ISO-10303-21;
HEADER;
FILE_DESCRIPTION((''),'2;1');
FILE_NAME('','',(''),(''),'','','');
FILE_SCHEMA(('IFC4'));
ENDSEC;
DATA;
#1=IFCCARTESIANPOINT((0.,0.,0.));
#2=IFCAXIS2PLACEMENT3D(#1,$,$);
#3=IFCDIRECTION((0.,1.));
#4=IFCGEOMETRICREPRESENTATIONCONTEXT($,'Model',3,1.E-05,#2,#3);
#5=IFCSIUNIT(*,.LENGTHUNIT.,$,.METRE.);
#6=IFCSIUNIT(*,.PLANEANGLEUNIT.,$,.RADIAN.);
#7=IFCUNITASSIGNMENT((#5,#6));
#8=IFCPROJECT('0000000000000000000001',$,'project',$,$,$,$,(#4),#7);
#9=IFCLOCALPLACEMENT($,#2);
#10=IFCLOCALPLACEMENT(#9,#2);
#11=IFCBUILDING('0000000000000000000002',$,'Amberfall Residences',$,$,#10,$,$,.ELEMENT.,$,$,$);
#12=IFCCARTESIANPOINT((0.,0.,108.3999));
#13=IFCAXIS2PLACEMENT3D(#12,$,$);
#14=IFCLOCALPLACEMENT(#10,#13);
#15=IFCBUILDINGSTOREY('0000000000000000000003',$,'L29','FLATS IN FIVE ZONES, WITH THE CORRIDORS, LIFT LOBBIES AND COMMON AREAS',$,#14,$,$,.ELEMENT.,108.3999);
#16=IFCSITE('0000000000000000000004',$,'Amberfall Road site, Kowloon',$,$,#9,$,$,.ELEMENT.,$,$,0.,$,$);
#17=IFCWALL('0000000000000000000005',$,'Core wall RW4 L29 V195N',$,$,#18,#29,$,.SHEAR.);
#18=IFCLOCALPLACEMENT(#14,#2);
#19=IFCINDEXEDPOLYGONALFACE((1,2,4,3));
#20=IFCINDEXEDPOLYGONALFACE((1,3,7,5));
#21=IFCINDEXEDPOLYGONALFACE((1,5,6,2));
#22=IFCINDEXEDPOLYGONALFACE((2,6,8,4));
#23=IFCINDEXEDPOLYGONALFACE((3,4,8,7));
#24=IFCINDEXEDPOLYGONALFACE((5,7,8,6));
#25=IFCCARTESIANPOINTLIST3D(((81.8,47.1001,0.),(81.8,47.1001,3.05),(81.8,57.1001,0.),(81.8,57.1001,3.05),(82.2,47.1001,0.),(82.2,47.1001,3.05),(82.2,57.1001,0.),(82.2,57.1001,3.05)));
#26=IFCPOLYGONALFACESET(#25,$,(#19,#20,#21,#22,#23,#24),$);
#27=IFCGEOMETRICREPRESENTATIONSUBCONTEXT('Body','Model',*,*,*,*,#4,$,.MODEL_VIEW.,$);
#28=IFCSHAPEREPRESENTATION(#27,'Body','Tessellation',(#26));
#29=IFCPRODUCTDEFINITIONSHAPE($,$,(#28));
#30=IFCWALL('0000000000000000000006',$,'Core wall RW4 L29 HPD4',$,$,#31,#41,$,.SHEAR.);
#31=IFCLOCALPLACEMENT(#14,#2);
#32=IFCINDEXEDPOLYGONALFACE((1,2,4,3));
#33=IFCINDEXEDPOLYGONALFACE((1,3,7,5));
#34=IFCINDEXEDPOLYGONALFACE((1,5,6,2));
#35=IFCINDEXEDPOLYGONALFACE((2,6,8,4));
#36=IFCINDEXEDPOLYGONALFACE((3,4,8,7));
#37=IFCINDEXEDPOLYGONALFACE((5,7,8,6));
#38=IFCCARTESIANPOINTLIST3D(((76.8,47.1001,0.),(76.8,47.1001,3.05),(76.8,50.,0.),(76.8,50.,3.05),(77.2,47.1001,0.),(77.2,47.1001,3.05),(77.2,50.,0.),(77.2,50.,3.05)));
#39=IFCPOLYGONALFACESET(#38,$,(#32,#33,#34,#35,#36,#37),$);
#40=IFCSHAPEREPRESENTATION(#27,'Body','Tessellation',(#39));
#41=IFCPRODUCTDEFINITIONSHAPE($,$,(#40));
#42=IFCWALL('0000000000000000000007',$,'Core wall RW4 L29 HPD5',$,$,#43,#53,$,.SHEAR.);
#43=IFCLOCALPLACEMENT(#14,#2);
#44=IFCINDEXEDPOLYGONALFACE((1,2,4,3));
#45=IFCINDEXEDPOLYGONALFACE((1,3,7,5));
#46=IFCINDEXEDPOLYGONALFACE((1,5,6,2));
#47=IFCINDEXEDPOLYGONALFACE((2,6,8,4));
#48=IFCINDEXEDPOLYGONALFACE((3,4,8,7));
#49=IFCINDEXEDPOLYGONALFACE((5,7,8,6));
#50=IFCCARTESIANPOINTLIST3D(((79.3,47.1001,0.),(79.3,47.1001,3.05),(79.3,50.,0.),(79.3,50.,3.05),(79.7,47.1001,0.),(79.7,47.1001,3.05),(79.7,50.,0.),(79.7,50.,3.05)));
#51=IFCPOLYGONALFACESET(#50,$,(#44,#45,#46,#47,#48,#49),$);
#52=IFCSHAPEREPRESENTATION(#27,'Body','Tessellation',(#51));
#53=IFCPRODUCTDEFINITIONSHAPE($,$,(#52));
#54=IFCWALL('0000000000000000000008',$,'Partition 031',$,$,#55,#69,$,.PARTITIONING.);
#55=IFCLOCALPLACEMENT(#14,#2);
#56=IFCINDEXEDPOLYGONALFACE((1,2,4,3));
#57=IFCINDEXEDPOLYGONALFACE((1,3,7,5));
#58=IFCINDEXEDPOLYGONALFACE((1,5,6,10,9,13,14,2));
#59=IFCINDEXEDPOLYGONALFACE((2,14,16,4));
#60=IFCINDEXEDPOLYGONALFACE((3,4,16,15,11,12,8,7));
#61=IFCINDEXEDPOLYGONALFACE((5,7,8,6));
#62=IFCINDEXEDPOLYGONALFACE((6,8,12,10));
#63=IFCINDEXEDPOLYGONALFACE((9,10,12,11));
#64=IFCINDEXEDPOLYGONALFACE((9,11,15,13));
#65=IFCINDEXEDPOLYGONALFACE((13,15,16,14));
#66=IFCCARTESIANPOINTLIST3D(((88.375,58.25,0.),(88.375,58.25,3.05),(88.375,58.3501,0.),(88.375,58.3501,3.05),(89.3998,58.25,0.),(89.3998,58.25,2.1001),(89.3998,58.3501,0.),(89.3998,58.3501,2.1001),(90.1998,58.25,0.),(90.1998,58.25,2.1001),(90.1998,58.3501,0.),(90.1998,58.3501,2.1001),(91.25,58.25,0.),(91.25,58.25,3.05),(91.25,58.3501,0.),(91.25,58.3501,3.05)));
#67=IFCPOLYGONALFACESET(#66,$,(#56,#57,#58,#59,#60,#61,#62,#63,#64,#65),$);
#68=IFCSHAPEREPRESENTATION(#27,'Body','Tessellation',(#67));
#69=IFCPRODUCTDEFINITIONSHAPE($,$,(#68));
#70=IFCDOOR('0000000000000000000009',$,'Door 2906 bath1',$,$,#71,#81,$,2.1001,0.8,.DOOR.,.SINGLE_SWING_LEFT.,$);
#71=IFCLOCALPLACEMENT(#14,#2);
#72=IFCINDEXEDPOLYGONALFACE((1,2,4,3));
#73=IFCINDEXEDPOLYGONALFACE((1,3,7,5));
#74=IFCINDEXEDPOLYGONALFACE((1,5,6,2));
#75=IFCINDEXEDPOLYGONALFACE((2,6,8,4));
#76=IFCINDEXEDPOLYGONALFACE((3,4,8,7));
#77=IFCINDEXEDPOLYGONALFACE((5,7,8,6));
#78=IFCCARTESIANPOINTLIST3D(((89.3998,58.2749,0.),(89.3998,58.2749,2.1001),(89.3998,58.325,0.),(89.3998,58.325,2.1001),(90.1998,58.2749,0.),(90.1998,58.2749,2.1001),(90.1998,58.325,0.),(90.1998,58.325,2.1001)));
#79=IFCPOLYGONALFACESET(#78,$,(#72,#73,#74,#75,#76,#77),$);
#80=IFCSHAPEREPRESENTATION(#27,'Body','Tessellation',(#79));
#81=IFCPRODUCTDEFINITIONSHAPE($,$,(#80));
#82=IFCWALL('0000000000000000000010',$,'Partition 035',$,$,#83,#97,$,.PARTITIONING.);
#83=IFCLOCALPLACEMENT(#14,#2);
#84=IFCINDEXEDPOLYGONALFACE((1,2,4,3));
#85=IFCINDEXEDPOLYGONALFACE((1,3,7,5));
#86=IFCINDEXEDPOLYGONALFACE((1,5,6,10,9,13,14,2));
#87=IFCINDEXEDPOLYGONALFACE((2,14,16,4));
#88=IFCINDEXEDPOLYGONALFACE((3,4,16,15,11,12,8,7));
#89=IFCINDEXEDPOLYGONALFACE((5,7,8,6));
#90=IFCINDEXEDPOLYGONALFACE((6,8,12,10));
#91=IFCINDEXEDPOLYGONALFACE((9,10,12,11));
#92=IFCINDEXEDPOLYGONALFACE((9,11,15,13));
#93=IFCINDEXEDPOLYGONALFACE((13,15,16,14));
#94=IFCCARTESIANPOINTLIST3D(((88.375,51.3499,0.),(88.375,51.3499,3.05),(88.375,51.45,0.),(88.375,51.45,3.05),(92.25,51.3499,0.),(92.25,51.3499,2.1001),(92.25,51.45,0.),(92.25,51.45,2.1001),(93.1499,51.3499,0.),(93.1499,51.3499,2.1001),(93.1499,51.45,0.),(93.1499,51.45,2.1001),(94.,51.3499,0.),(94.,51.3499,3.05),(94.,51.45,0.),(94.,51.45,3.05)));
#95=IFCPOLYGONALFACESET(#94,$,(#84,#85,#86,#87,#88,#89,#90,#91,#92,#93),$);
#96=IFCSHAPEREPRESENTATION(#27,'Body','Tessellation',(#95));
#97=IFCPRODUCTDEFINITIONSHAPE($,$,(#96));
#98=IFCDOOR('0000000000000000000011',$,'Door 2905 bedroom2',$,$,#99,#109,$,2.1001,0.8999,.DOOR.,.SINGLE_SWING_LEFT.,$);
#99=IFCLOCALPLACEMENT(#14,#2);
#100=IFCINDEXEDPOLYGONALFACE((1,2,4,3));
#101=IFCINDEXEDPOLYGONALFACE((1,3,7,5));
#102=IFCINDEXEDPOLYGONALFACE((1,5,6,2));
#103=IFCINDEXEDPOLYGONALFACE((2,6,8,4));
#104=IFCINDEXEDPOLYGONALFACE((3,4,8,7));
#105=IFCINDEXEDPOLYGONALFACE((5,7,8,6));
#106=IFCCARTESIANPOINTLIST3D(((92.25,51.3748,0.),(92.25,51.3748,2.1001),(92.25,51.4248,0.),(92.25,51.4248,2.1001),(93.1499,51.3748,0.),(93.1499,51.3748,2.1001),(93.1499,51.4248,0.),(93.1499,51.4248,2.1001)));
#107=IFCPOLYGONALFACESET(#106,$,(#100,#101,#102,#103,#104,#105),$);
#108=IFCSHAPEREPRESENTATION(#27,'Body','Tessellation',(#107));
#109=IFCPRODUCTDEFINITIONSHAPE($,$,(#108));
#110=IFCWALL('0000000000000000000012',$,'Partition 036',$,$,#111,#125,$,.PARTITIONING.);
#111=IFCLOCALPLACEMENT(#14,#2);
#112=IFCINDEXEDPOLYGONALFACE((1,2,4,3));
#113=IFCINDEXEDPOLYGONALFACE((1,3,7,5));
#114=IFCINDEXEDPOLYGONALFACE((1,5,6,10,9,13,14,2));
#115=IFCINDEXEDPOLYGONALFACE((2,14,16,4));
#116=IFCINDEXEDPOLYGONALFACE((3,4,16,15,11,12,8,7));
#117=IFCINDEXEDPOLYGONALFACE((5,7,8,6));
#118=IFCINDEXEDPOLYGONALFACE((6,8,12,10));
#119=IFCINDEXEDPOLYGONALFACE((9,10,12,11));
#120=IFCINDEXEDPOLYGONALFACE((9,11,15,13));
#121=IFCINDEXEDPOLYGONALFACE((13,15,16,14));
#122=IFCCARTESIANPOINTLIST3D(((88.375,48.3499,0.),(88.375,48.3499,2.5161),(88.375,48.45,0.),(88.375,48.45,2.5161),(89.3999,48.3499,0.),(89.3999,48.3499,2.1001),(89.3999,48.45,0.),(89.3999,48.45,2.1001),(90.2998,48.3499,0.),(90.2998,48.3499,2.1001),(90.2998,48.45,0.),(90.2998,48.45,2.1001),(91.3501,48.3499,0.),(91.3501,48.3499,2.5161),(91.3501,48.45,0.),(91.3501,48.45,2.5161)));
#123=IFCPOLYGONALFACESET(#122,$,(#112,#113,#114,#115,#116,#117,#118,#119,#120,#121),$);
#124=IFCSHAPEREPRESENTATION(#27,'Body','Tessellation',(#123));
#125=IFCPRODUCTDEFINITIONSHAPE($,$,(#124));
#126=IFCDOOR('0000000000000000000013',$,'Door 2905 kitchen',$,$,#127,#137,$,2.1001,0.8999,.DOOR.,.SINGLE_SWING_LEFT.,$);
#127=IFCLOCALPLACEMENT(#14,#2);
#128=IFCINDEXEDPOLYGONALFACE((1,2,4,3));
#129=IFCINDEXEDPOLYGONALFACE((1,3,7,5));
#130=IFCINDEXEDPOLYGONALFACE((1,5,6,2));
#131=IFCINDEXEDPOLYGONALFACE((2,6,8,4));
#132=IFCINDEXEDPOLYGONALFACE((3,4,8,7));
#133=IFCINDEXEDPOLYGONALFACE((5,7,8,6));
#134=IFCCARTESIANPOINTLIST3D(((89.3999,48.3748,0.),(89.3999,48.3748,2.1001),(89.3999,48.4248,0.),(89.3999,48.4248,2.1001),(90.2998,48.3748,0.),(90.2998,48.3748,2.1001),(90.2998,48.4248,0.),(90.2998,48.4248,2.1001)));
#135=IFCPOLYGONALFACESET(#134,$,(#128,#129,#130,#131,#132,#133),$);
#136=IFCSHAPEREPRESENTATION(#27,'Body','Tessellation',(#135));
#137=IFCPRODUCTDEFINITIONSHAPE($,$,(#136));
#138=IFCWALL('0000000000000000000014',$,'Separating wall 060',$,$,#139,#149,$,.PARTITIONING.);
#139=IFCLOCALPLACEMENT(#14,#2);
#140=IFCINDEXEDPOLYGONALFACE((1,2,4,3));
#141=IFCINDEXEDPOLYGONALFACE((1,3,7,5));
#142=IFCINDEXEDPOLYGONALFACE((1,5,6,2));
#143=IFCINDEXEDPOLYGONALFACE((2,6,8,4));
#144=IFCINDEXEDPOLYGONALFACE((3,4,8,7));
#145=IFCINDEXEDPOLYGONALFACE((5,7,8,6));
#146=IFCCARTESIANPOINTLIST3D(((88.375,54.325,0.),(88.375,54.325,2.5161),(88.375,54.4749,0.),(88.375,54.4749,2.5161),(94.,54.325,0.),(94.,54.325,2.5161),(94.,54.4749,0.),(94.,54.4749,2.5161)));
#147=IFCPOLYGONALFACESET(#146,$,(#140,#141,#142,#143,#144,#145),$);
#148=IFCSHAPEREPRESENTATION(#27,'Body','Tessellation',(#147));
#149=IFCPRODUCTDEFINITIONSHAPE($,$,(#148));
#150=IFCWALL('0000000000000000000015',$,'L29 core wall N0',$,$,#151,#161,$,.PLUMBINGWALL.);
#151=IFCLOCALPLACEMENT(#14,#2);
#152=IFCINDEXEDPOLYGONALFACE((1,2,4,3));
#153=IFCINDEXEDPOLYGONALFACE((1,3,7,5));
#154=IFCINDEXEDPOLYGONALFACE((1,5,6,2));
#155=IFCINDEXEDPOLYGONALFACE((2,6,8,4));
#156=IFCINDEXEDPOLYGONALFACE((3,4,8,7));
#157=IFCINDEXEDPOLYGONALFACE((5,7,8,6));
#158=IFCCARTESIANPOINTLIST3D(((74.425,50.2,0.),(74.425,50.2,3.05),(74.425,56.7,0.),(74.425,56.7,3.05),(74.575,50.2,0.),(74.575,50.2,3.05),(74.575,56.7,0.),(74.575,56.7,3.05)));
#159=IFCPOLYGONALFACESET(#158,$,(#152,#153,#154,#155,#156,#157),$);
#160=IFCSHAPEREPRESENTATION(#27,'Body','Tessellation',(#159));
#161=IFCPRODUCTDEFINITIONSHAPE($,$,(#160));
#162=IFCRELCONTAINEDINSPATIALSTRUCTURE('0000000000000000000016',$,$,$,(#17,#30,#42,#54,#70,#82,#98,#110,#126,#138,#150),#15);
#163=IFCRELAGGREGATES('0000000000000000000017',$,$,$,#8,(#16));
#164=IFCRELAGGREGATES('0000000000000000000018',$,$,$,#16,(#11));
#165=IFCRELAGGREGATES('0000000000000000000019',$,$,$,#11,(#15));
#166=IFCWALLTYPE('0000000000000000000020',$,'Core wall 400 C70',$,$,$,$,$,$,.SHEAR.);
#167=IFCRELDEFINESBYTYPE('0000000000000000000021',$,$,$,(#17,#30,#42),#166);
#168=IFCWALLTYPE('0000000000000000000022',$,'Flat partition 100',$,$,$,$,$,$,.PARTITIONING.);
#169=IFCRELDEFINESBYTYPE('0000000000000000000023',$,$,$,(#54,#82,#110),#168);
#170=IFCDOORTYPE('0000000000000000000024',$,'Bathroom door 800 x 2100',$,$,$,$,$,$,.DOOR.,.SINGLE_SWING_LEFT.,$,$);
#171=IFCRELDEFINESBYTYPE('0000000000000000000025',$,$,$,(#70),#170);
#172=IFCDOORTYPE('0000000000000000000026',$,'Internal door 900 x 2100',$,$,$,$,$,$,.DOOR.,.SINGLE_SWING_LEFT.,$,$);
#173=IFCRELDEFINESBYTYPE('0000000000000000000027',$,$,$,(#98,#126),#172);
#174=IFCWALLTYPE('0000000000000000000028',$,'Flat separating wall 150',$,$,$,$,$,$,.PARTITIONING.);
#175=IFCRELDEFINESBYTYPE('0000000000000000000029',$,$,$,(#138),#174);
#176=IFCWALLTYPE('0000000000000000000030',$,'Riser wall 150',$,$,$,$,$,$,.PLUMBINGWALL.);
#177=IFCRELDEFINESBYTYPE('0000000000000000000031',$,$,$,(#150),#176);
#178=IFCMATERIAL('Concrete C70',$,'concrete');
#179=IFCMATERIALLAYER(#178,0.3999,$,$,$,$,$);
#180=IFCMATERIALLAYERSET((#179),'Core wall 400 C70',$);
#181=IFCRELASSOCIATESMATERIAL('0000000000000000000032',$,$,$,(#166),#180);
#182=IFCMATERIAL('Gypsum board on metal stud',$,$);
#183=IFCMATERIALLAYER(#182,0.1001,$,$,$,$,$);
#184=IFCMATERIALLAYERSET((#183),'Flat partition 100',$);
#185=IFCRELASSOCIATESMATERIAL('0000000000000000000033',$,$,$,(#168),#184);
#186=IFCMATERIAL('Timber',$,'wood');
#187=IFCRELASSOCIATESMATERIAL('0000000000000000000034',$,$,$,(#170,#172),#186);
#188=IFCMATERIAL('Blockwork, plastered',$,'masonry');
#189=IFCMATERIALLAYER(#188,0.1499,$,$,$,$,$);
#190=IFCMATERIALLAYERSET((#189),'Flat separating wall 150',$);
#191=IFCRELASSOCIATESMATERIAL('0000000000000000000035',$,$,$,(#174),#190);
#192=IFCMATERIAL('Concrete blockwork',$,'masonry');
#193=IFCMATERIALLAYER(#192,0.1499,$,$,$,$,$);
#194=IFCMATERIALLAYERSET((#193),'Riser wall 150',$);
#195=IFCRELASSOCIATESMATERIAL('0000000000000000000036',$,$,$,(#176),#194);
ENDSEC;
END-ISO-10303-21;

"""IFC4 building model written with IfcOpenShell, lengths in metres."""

from ifc_helpers import new_model, si_unit, direction, frame, frame_2d, origin, place, context, subcontext, project, spatial, rectangle, extrude, material, layer, layer_set, type_object, element, fill, save


model = new_model("IFC4")

# Units and contexts
model_context = context("Model", 3, precision=1e-05, world=origin(), true_north=direction((0.0, 1.0)))
body_context = subcontext(model_context, "Body", "Model", "MODEL_VIEW")
ifc_project = project(units=[si_unit("LENGTHUNIT", "METRE"), si_unit("PLANEANGLEUNIT", "RADIAN")], contexts=[model_context])

# Site, building, storey
site_placement = place(None, origin())
site = spatial("IfcSite", under=ifc_project, at=site_placement, Name="Amberfall Road site, Kowloon", CompositionType="ELEMENT", RefElevation=0.0)
building_placement = place(site_placement, origin())
building = spatial("IfcBuilding", under=site, at=building_placement, Name="Amberfall Residences", CompositionType="ELEMENT")
storey_placement = place(building_placement, frame((0.0, 0.0, 108.3999)))
storey = spatial("IfcBuildingStorey", under=building, at=storey_placement, Name="L29", Description="FLATS IN FIVE ZONES, WITH THE CORRIDORS, LIFT LOBBIES AND COMMON AREAS", CompositionType="ELEMENT", Elevation=108.3999)

# Walls
ifc_material_1 = material(Name="Concrete C70", Category="concrete")
ifc_layer_1 = layer(ifc_material_1, 0.3999)
ifc_layer_set_1 = layer_set([ifc_layer_1], Name="Core wall 400 C70")
wall_type_1 = type_object("IfcWallType", Name="Core wall 400 C70", PredefinedType="SHEAR", material=ifc_layer_set_1)
wall_1_placement = place(storey_placement, frame((82.0, 47.1001, 0.0), z_axis=(0.0, 0.0, 1.0), x_axis=(0.0, 1.0, 0.0)))
element("IfcWall", 1, at=wall_1_placement, inside=storey, type_object=wall_type_1, Name="Core wall RW4 L29 V195N", PredefinedType="SHEAR", context=body_context, shape_type="SweptSolid", body=[
    extrude(rectangle(XDim=10.0, YDim=0.3999, at=frame_2d((5.0, 0.0))), origin(), (0.0, 0.0, 1.0), 3.05),
])
for number, where, z_axis, x_axis, name in (
    (2, (77.0, 47.1001, 0.0), (0.0, 0.0, 1.0), (0.0, 1.0, 0.0), "Core wall RW4 L29 HPD4"),
    (3, (79.5, 47.1001, 0.0), (0.0, 0.0, 1.0), (0.0, 1.0, 0.0), "Core wall RW4 L29 HPD5"),
):
    element("IfcWall", number, at=place(storey_placement, frame(where, z_axis=z_axis, x_axis=x_axis)), inside=storey, type_object=wall_type_1, Name=name, PredefinedType="SHEAR", context=body_context, shape_type="SweptSolid", body=[
        extrude(rectangle(XDim=2.8999, YDim=0.3999, at=frame_2d((1.45, 0.0))), origin(), (0.0, 0.0, 1.0), 3.05),
    ])

# Walls, openings, doors
ifc_material_2 = material(Name="Gypsum board on metal stud")
ifc_layer_2 = layer(ifc_material_2, 0.1001)
ifc_layer_set_2 = layer_set([ifc_layer_2], Name="Flat partition 100")
wall_type_2 = type_object("IfcWallType", Name="Flat partition 100", PredefinedType="PARTITIONING", material=ifc_layer_set_2)
wall_2_placement = place(storey_placement, frame((88.375, 58.3, 0.0), z_axis=(0.0, 0.0, 1.0), x_axis=(1.0, 0.0, 0.0)))
wall_2 = element("IfcWall", 4, at=wall_2_placement, inside=storey, type_object=wall_type_2, Name="Partition 031", PredefinedType="PARTITIONING", context=body_context, shape_type="SweptSolid", body=[
    extrude(rectangle(XDim=2.875, YDim=0.1001, at=frame_2d((1.4375, 0.0))), origin(), (0.0, 0.0, 1.0), 3.05),
])
opening_1_placement = place(wall_2_placement, frame((1.0249, 0.0, 0.0)))
opening_1 = element("IfcOpeningElement", 5, at=opening_1_placement, cuts=wall_2, PredefinedType="OPENING", context=body_context, shape_type="SweptSolid", body=[
    extrude(rectangle(XDim=0.8, YDim=2.1001, at=frame_2d((0.3999, 1.05))), frame((0.0, 0.0601, 0.0), z_axis=(0.0, -1.0, 0.0), x_axis=(1.0, 0.0, 0.0)), (0.0, 0.0, 1.0), 0.1201),
])
ifc_material_3 = material(Name="Timber", Category="wood")
door_type_1 = type_object("IfcDoorType", Name="Bathroom door 800 x 2100", OperationType="SINGLE_SWING_LEFT", PredefinedType="DOOR", material=ifc_material_3)
door_1_placement = place(opening_1_placement, origin())
door_1 = element("IfcDoor", 6, at=door_1_placement, inside=storey, type_object=door_type_1, Name="Door 2906 bath1", OperationType="SINGLE_SWING_LEFT", OverallHeight=2.1001, OverallWidth=0.8, PredefinedType="DOOR", context=body_context, shape_type="SweptSolid", body=[
    extrude(rectangle(XDim=0.8, YDim=2.1001, at=frame_2d((0.3999, 1.05))), frame((0.0, 0.0249, 0.0), z_axis=(0.0, -1.0, 0.0), x_axis=(1.0, 0.0, 0.0)), (0.0, 0.0, 1.0), 0.05),
])
fill(opening_1, door_1)
wall_3_placement = place(storey_placement, frame((88.375, 51.3999, 0.0), z_axis=(0.0, 0.0, 1.0), x_axis=(1.0, 0.0, 0.0)))
wall_3 = element("IfcWall", 7, at=wall_3_placement, inside=storey, type_object=wall_type_2, Name="Partition 035", PredefinedType="PARTITIONING", context=body_context, shape_type="SweptSolid", body=[
    extrude(rectangle(XDim=5.625, YDim=0.1001, at=frame_2d((2.8125, 0.0))), origin(), (0.0, 0.0, 1.0), 3.05),
])
opening_2_placement = place(wall_3_placement, frame((3.875, 0.0, 0.0)))
opening_2 = element("IfcOpeningElement", 8, at=opening_2_placement, cuts=wall_3, PredefinedType="OPENING", context=body_context, shape_type="SweptSolid", body=[
    extrude(rectangle(XDim=0.8999, YDim=2.1001, at=frame_2d((0.45, 1.05))), frame((0.0, 0.0601, 0.0), z_axis=(0.0, -1.0, 0.0), x_axis=(1.0, 0.0, 0.0)), (0.0, 0.0, 1.0), 0.1201),
])
door_type_2 = type_object("IfcDoorType", Name="Internal door 900 x 2100", OperationType="SINGLE_SWING_LEFT", PredefinedType="DOOR", material=ifc_material_3)
door_2_placement = place(opening_2_placement, origin())
door_2 = element("IfcDoor", 9, at=door_2_placement, inside=storey, type_object=door_type_2, Name="Door 2905 bedroom2", OperationType="SINGLE_SWING_LEFT", OverallHeight=2.1001, OverallWidth=0.8999, PredefinedType="DOOR", context=body_context, shape_type="SweptSolid", body=[
    extrude(rectangle(XDim=0.8999, YDim=2.1001, at=frame_2d((0.45, 1.05))), frame((0.0, 0.0249, 0.0), z_axis=(0.0, -1.0, 0.0), x_axis=(1.0, 0.0, 0.0)), (0.0, 0.0, 1.0), 0.05),
])
fill(opening_2, door_2)
wall_4_placement = place(storey_placement, frame((88.375, 48.3999, 0.0), z_axis=(0.0, 0.0, 1.0), x_axis=(1.0, 0.0, 0.0)))
wall_4 = element("IfcWall", 10, at=wall_4_placement, inside=storey, type_object=wall_type_2, Name="Partition 036", PredefinedType="PARTITIONING", context=body_context, shape_type="SweptSolid", body=[
    extrude(rectangle(XDim=2.9751, YDim=0.1001, at=frame_2d((1.4875, 0.0))), origin(), (0.0, 0.0, 1.0), 2.5161),
])
opening_3_placement = place(wall_4_placement, frame((1.0249, 0.0, 0.0)))
opening_3 = element("IfcOpeningElement", 11, at=opening_3_placement, cuts=wall_4, PredefinedType="OPENING", context=body_context, shape_type="SweptSolid", body=[
    extrude(rectangle(XDim=0.8999, YDim=2.1001, at=frame_2d((0.45, 1.05))), frame((0.0, 0.0601, 0.0), z_axis=(0.0, -1.0, 0.0), x_axis=(1.0, 0.0, 0.0)), (0.0, 0.0, 1.0), 0.1201),
])
door_3_placement = place(opening_3_placement, origin())
door_3 = element("IfcDoor", 12, at=door_3_placement, inside=storey, type_object=door_type_2, Name="Door 2905 kitchen", OperationType="SINGLE_SWING_LEFT", OverallHeight=2.1001, OverallWidth=0.8999, PredefinedType="DOOR", context=body_context, shape_type="SweptSolid", body=[
    extrude(rectangle(XDim=0.8999, YDim=2.1001, at=frame_2d((0.45, 1.05))), frame((0.0, 0.0249, 0.0), z_axis=(0.0, -1.0, 0.0), x_axis=(1.0, 0.0, 0.0)), (0.0, 0.0, 1.0), 0.05),
])
fill(opening_3, door_3)

# Walls
ifc_material_4 = material(Name="Blockwork, plastered", Category="masonry")
ifc_layer_3 = layer(ifc_material_4, 0.1499)
ifc_layer_set_3 = layer_set([ifc_layer_3], Name="Flat separating wall 150")
wall_type_3 = type_object("IfcWallType", Name="Flat separating wall 150", PredefinedType="PARTITIONING", material=ifc_layer_set_3)
wall_5_placement = place(storey_placement, frame((88.375, 54.3999, 0.0), z_axis=(0.0, 0.0, 1.0), x_axis=(1.0, 0.0, 0.0)))
element("IfcWall", 13, at=wall_5_placement, inside=storey, type_object=wall_type_3, Name="Separating wall 060", PredefinedType="PARTITIONING", context=body_context, shape_type="SweptSolid", body=[
    extrude(rectangle(XDim=5.625, YDim=0.1499, at=frame_2d((2.8125, 0.0))), origin(), (0.0, 0.0, 1.0), 2.5161),
])
ifc_material_5 = material(Name="Concrete blockwork", Category="masonry")
ifc_layer_4 = layer(ifc_material_5, 0.1499)
ifc_layer_set_4 = layer_set([ifc_layer_4], Name="Riser wall 150")
wall_type_4 = type_object("IfcWallType", Name="Riser wall 150", PredefinedType="PLUMBINGWALL", material=ifc_layer_set_4)
wall_6_placement = place(storey_placement, frame((74.5, 50.2, 0.0), z_axis=(0.0, 0.0, 1.0), x_axis=(0.0, 1.0, 0.0)))
element("IfcWall", 14, at=wall_6_placement, inside=storey, type_object=wall_type_4, Name="L29 core wall N0", PredefinedType="PLUMBINGWALL", context=body_context, shape_type="SweptSolid", body=[
    extrude(rectangle(XDim=6.5, YDim=0.1499, at=frame_2d((3.25, 0.0))), origin(), (0.0, 0.0, 1.0), 3.05),
])

save(model, "model.ifc")
